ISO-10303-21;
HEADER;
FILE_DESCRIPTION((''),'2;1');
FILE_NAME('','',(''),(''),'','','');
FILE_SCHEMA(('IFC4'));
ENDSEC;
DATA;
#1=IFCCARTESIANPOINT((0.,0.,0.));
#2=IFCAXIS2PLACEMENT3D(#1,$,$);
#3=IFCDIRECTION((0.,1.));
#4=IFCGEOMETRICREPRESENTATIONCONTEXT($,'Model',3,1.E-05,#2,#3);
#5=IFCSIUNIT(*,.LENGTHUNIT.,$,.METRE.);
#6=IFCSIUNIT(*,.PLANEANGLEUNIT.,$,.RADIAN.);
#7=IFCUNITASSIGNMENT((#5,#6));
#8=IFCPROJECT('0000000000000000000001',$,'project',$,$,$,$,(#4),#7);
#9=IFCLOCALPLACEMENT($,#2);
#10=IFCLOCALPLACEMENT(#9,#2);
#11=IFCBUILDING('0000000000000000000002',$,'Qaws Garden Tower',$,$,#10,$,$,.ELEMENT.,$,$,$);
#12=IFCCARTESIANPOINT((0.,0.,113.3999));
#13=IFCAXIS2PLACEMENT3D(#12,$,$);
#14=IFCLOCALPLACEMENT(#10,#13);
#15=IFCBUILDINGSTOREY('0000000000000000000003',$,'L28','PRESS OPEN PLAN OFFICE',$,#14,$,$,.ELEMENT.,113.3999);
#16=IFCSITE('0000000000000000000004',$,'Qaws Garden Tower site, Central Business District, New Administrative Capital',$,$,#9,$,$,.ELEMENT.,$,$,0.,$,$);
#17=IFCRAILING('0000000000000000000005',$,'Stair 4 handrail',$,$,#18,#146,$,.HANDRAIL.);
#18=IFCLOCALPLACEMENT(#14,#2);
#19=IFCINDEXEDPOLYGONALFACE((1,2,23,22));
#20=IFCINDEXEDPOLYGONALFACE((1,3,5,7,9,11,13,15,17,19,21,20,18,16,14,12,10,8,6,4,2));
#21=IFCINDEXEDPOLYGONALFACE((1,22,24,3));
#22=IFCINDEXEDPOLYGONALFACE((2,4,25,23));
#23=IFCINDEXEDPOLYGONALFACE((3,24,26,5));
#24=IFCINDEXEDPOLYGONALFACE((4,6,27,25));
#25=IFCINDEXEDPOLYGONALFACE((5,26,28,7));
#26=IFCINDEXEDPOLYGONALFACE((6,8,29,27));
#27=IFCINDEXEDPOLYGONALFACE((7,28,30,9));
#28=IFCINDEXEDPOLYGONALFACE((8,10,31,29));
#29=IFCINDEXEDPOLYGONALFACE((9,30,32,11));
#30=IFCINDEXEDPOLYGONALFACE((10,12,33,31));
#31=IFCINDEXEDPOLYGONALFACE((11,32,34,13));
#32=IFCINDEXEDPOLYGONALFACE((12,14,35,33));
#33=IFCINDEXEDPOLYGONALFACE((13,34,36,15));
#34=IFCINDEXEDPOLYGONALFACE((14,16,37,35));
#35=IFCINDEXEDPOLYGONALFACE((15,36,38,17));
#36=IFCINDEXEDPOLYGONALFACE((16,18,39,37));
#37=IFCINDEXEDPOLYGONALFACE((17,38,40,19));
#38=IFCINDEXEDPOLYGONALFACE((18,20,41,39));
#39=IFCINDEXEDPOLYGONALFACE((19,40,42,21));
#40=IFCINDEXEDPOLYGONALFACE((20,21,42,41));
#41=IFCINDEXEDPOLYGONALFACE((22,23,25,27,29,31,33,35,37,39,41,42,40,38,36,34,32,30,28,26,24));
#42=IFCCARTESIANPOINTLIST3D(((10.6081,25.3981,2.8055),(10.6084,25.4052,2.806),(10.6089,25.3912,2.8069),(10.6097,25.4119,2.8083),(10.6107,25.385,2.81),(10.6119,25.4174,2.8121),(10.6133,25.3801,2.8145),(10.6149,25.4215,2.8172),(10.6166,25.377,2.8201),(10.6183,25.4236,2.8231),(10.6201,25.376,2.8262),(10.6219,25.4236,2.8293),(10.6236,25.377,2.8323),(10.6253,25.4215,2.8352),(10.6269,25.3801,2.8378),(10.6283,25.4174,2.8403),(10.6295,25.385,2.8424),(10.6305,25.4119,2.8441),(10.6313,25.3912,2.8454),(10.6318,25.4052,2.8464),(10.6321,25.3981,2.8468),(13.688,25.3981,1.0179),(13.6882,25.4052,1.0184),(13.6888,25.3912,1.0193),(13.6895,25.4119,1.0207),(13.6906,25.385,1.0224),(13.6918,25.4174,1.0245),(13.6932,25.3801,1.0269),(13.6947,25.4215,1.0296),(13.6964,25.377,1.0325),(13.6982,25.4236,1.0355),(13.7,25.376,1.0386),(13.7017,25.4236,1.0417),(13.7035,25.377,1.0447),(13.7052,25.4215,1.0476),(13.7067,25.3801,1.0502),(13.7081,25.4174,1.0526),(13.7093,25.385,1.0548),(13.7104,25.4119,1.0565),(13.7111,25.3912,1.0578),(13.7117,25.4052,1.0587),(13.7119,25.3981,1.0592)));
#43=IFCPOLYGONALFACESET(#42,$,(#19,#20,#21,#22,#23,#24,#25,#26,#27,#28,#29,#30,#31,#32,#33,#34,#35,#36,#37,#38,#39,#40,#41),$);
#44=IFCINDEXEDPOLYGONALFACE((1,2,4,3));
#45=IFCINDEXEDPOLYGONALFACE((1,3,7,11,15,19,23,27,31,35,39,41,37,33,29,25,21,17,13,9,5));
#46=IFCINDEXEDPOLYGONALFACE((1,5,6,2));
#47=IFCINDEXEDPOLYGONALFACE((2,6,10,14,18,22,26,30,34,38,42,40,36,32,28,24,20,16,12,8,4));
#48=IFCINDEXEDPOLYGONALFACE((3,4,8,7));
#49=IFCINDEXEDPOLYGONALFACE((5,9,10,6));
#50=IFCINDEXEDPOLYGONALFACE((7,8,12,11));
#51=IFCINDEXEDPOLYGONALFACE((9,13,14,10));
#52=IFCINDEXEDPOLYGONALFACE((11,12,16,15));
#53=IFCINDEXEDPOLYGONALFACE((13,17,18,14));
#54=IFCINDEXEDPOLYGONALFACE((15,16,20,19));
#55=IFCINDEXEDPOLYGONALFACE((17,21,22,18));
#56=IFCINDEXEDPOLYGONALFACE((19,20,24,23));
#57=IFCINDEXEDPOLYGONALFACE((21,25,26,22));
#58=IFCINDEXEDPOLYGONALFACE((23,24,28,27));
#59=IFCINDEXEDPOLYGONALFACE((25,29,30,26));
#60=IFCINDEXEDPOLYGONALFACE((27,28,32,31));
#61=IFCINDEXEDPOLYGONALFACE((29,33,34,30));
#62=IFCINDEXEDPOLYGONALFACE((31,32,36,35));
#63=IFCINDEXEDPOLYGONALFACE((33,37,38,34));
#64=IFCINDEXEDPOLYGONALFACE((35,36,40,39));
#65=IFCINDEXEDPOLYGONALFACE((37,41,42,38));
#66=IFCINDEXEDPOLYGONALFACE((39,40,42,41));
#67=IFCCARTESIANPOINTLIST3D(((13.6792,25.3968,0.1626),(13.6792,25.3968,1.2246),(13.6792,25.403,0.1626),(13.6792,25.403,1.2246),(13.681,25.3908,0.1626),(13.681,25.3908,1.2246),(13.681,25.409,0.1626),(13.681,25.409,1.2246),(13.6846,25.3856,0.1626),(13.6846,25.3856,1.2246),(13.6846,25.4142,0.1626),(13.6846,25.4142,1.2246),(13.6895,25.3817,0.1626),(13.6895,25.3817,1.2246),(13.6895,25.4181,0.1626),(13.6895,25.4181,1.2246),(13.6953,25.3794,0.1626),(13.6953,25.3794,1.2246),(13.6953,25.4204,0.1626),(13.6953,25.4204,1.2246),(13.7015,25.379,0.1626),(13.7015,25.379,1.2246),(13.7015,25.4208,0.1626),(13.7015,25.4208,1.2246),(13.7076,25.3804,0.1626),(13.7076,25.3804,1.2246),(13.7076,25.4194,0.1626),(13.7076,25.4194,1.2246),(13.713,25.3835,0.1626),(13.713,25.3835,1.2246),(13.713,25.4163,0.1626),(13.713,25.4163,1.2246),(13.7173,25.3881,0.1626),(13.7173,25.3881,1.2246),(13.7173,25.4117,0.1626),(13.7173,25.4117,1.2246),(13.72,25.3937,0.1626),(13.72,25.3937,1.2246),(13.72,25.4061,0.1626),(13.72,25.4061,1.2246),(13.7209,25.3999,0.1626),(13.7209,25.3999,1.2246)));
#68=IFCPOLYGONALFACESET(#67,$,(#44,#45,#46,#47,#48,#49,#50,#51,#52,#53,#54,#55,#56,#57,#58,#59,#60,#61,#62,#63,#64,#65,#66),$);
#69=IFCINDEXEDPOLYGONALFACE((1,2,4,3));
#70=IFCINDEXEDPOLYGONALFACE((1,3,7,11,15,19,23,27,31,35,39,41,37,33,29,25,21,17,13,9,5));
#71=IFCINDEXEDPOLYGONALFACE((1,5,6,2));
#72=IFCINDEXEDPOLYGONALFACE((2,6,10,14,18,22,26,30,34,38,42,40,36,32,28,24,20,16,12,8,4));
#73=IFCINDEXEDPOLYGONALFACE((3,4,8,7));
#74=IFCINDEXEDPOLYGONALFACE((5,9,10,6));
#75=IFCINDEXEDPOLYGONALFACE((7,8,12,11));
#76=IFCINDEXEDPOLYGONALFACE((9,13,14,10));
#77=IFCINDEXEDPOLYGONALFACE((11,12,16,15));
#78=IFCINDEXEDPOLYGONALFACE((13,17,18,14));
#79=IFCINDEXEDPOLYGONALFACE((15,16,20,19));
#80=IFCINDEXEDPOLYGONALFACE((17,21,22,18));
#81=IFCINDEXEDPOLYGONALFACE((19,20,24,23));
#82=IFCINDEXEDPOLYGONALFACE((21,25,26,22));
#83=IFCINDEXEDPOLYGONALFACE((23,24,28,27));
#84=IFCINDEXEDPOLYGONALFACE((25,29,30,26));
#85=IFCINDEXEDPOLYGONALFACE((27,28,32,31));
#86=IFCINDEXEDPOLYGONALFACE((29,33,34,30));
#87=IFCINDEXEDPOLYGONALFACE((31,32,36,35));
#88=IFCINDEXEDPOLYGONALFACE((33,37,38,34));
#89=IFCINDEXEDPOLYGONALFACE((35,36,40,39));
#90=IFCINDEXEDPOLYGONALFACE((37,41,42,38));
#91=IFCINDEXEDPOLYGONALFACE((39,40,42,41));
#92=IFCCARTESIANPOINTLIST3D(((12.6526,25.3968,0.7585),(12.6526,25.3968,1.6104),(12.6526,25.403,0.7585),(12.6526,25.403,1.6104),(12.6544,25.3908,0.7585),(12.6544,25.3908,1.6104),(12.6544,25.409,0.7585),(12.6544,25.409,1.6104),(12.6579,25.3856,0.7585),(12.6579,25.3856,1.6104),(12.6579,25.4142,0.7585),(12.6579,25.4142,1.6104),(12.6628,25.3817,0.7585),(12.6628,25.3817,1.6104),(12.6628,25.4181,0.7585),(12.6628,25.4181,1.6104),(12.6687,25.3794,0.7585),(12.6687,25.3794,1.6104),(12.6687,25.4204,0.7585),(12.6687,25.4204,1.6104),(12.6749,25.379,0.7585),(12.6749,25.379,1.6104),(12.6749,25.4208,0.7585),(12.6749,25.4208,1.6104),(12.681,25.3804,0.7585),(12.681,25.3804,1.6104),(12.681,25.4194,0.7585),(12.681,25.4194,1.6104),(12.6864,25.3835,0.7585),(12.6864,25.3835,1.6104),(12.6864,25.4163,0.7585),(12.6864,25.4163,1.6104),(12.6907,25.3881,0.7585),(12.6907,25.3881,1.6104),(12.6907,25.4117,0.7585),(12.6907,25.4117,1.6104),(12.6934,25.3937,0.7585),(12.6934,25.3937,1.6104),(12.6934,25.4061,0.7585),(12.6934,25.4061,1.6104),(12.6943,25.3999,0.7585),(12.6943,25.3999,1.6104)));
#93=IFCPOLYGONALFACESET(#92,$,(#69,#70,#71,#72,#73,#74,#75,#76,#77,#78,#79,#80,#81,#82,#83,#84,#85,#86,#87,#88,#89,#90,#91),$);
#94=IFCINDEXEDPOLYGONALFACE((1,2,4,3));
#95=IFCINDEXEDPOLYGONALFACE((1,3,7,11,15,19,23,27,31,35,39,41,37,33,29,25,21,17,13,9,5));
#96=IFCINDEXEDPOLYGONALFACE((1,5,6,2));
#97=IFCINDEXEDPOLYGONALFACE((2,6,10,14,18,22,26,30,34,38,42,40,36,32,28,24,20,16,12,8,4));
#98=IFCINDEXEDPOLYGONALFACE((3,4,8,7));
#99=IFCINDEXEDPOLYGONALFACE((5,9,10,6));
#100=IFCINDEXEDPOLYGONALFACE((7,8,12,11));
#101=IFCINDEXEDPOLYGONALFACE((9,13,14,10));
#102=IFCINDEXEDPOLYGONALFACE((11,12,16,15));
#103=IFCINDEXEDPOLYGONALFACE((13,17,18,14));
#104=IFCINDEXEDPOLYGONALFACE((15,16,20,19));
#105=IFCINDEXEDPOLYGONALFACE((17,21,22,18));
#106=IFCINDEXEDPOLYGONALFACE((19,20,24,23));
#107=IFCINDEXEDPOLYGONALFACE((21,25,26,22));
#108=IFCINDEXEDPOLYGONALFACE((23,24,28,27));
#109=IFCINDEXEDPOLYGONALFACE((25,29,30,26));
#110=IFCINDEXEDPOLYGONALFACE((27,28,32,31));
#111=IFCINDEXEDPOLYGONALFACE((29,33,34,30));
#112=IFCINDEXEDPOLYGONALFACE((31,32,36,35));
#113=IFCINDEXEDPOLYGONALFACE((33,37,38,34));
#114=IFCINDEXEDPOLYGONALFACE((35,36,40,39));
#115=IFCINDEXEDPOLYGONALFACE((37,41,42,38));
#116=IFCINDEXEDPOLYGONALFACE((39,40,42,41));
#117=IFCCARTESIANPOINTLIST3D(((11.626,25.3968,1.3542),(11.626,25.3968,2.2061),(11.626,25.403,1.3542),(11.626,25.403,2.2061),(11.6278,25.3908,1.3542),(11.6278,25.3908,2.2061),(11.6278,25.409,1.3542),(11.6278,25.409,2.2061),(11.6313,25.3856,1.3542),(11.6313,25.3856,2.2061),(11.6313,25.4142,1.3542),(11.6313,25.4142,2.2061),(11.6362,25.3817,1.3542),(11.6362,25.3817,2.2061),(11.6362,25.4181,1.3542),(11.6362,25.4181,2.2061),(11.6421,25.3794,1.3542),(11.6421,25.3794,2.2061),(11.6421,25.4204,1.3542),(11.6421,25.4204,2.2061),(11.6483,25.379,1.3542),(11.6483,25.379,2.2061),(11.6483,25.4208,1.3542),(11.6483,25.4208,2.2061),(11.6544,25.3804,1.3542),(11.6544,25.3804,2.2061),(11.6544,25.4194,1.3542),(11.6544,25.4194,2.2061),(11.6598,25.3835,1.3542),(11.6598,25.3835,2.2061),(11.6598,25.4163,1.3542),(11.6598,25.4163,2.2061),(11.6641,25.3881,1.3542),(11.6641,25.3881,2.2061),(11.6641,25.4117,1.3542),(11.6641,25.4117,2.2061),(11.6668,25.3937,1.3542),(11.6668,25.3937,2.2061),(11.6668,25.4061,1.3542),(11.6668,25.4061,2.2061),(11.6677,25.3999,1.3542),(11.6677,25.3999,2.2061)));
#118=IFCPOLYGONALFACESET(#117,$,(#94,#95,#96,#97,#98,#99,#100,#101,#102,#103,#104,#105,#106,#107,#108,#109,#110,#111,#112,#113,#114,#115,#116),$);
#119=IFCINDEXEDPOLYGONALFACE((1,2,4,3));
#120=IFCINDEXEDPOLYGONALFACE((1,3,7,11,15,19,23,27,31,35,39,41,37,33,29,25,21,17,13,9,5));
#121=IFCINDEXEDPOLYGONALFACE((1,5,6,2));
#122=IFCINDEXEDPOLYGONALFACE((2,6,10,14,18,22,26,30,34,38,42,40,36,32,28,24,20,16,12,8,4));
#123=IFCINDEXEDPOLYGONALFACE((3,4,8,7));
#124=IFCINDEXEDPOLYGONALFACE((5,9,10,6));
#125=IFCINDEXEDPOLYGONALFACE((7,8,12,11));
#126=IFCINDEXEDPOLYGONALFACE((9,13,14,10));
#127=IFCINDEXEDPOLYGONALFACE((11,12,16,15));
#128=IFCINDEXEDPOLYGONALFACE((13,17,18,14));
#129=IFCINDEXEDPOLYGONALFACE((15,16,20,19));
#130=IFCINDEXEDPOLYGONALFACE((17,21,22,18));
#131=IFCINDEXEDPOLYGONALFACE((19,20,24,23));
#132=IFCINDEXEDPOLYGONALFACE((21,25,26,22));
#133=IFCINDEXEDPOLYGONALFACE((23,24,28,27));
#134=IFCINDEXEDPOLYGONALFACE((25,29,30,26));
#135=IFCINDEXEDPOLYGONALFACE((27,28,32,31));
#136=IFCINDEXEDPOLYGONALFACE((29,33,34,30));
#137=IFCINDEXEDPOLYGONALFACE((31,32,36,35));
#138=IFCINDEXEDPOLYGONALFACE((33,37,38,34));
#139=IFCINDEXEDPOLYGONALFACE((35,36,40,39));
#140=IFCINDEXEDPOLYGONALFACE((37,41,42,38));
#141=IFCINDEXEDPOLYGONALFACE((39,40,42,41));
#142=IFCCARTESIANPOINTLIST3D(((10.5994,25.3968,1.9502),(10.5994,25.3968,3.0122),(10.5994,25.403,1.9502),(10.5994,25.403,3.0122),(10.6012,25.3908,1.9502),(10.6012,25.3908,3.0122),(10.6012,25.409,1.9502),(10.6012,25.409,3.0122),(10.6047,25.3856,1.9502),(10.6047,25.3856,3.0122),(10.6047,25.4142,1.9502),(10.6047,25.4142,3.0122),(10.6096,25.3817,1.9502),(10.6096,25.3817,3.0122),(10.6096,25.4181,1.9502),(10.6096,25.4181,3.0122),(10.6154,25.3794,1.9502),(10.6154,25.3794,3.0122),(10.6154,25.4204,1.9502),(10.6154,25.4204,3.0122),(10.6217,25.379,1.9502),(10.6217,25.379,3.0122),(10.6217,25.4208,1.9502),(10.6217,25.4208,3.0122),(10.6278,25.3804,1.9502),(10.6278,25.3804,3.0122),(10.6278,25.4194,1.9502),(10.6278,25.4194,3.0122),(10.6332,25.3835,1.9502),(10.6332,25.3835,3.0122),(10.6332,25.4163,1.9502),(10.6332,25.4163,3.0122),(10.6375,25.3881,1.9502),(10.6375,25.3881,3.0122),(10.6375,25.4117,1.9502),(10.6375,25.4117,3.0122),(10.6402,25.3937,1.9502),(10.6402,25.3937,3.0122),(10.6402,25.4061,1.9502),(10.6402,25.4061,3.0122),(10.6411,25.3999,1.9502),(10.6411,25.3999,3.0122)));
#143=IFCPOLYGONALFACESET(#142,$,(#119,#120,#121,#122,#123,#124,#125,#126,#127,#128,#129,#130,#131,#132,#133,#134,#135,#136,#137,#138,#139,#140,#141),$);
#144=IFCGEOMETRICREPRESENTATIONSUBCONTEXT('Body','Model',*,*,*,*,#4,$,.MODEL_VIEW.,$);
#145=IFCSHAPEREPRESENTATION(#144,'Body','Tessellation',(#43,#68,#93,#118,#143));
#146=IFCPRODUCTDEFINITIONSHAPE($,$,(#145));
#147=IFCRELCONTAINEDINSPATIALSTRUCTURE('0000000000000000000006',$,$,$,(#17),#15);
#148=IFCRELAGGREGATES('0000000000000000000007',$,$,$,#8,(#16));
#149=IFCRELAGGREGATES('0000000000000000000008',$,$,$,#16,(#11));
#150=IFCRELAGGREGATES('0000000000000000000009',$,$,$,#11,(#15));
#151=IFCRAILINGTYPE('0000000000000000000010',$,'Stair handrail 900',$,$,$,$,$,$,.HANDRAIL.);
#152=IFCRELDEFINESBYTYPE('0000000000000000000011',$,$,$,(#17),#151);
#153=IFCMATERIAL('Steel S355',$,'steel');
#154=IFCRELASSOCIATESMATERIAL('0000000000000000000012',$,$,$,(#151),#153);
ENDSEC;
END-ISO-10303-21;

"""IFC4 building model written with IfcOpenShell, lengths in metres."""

from ifc_helpers import new_model, si_unit, direction, frame, origin, origin_2d, place, context, subcontext, project, spatial, circle, extrude, material, type_object, element, save


model = new_model("IFC4")

# Units and contexts
model_context = context("Model", 3, precision=1e-05, world=origin(), true_north=direction((0.0, 1.0)))
body_context = subcontext(model_context, "Body", "Model", "MODEL_VIEW")
ifc_project = project(units=[si_unit("LENGTHUNIT", "METRE"), si_unit("PLANEANGLEUNIT", "RADIAN")], contexts=[model_context])

# Site, building, storey
site_placement = place(None, origin())
site = spatial("IfcSite", under=ifc_project, at=site_placement, Name="Qaws Garden Tower site, Central Business District, New Administrative Capital", CompositionType="ELEMENT", RefElevation=0.0)
building_placement = place(site_placement, origin())
building = spatial("IfcBuilding", under=site, at=building_placement, Name="Qaws Garden Tower", CompositionType="ELEMENT")
storey_placement = place(building_placement, frame((0.0, 0.0, 113.3999)))
storey = spatial("IfcBuildingStorey", under=building, at=storey_placement, Name="L28", Description="PRESS OPEN PLAN OFFICE", CompositionType="ELEMENT", Elevation=113.3999)

# Railing
ifc_material_1 = material(Name="Steel S355", Category="steel")
railing_type = type_object("IfcRailingType", Name="Stair handrail 900", PredefinedType="HANDRAIL", material=ifc_material_1)
railing_1_placement = place(storey_placement, frame((13.7, 25.3999, 0.1626)))
element("IfcRailing", 1, at=railing_1_placement, inside=storey, type_object=railing_type, Name="Stair 4 handrail", PredefinedType="HANDRAIL", context=body_context, shape_type="SweptSolid", body=[
    extrude(circle(Radius=0.0239, at=origin_2d()), frame((0.0, 0.0, 0.876), z_axis=(-0.864873, 0.0, 0.50199), x_axis=(0.0, -1.0, 0.0)), (0.0, 0.0, 1.0), 3.561),
    extrude(circle(Radius=0.021, at=origin_2d()), origin(), (0.0, 0.0, 1.0), 1.062),
    extrude(circle(Radius=0.021, at=origin_2d()), frame((-1.0266, 0.0, 0.5959)), (0.0, 0.0, 1.0), 0.8518),
    extrude(circle(Radius=0.021, at=origin_2d()), frame((-2.0532, 0.0, 1.1917)), (0.0, 0.0, 1.0), 0.8518),
    extrude(circle(Radius=0.021, at=origin_2d()), frame((-3.0798, 0.0, 1.7876)), (0.0, 0.0, 1.0), 1.062),
])

save(model, "model.ifc")
